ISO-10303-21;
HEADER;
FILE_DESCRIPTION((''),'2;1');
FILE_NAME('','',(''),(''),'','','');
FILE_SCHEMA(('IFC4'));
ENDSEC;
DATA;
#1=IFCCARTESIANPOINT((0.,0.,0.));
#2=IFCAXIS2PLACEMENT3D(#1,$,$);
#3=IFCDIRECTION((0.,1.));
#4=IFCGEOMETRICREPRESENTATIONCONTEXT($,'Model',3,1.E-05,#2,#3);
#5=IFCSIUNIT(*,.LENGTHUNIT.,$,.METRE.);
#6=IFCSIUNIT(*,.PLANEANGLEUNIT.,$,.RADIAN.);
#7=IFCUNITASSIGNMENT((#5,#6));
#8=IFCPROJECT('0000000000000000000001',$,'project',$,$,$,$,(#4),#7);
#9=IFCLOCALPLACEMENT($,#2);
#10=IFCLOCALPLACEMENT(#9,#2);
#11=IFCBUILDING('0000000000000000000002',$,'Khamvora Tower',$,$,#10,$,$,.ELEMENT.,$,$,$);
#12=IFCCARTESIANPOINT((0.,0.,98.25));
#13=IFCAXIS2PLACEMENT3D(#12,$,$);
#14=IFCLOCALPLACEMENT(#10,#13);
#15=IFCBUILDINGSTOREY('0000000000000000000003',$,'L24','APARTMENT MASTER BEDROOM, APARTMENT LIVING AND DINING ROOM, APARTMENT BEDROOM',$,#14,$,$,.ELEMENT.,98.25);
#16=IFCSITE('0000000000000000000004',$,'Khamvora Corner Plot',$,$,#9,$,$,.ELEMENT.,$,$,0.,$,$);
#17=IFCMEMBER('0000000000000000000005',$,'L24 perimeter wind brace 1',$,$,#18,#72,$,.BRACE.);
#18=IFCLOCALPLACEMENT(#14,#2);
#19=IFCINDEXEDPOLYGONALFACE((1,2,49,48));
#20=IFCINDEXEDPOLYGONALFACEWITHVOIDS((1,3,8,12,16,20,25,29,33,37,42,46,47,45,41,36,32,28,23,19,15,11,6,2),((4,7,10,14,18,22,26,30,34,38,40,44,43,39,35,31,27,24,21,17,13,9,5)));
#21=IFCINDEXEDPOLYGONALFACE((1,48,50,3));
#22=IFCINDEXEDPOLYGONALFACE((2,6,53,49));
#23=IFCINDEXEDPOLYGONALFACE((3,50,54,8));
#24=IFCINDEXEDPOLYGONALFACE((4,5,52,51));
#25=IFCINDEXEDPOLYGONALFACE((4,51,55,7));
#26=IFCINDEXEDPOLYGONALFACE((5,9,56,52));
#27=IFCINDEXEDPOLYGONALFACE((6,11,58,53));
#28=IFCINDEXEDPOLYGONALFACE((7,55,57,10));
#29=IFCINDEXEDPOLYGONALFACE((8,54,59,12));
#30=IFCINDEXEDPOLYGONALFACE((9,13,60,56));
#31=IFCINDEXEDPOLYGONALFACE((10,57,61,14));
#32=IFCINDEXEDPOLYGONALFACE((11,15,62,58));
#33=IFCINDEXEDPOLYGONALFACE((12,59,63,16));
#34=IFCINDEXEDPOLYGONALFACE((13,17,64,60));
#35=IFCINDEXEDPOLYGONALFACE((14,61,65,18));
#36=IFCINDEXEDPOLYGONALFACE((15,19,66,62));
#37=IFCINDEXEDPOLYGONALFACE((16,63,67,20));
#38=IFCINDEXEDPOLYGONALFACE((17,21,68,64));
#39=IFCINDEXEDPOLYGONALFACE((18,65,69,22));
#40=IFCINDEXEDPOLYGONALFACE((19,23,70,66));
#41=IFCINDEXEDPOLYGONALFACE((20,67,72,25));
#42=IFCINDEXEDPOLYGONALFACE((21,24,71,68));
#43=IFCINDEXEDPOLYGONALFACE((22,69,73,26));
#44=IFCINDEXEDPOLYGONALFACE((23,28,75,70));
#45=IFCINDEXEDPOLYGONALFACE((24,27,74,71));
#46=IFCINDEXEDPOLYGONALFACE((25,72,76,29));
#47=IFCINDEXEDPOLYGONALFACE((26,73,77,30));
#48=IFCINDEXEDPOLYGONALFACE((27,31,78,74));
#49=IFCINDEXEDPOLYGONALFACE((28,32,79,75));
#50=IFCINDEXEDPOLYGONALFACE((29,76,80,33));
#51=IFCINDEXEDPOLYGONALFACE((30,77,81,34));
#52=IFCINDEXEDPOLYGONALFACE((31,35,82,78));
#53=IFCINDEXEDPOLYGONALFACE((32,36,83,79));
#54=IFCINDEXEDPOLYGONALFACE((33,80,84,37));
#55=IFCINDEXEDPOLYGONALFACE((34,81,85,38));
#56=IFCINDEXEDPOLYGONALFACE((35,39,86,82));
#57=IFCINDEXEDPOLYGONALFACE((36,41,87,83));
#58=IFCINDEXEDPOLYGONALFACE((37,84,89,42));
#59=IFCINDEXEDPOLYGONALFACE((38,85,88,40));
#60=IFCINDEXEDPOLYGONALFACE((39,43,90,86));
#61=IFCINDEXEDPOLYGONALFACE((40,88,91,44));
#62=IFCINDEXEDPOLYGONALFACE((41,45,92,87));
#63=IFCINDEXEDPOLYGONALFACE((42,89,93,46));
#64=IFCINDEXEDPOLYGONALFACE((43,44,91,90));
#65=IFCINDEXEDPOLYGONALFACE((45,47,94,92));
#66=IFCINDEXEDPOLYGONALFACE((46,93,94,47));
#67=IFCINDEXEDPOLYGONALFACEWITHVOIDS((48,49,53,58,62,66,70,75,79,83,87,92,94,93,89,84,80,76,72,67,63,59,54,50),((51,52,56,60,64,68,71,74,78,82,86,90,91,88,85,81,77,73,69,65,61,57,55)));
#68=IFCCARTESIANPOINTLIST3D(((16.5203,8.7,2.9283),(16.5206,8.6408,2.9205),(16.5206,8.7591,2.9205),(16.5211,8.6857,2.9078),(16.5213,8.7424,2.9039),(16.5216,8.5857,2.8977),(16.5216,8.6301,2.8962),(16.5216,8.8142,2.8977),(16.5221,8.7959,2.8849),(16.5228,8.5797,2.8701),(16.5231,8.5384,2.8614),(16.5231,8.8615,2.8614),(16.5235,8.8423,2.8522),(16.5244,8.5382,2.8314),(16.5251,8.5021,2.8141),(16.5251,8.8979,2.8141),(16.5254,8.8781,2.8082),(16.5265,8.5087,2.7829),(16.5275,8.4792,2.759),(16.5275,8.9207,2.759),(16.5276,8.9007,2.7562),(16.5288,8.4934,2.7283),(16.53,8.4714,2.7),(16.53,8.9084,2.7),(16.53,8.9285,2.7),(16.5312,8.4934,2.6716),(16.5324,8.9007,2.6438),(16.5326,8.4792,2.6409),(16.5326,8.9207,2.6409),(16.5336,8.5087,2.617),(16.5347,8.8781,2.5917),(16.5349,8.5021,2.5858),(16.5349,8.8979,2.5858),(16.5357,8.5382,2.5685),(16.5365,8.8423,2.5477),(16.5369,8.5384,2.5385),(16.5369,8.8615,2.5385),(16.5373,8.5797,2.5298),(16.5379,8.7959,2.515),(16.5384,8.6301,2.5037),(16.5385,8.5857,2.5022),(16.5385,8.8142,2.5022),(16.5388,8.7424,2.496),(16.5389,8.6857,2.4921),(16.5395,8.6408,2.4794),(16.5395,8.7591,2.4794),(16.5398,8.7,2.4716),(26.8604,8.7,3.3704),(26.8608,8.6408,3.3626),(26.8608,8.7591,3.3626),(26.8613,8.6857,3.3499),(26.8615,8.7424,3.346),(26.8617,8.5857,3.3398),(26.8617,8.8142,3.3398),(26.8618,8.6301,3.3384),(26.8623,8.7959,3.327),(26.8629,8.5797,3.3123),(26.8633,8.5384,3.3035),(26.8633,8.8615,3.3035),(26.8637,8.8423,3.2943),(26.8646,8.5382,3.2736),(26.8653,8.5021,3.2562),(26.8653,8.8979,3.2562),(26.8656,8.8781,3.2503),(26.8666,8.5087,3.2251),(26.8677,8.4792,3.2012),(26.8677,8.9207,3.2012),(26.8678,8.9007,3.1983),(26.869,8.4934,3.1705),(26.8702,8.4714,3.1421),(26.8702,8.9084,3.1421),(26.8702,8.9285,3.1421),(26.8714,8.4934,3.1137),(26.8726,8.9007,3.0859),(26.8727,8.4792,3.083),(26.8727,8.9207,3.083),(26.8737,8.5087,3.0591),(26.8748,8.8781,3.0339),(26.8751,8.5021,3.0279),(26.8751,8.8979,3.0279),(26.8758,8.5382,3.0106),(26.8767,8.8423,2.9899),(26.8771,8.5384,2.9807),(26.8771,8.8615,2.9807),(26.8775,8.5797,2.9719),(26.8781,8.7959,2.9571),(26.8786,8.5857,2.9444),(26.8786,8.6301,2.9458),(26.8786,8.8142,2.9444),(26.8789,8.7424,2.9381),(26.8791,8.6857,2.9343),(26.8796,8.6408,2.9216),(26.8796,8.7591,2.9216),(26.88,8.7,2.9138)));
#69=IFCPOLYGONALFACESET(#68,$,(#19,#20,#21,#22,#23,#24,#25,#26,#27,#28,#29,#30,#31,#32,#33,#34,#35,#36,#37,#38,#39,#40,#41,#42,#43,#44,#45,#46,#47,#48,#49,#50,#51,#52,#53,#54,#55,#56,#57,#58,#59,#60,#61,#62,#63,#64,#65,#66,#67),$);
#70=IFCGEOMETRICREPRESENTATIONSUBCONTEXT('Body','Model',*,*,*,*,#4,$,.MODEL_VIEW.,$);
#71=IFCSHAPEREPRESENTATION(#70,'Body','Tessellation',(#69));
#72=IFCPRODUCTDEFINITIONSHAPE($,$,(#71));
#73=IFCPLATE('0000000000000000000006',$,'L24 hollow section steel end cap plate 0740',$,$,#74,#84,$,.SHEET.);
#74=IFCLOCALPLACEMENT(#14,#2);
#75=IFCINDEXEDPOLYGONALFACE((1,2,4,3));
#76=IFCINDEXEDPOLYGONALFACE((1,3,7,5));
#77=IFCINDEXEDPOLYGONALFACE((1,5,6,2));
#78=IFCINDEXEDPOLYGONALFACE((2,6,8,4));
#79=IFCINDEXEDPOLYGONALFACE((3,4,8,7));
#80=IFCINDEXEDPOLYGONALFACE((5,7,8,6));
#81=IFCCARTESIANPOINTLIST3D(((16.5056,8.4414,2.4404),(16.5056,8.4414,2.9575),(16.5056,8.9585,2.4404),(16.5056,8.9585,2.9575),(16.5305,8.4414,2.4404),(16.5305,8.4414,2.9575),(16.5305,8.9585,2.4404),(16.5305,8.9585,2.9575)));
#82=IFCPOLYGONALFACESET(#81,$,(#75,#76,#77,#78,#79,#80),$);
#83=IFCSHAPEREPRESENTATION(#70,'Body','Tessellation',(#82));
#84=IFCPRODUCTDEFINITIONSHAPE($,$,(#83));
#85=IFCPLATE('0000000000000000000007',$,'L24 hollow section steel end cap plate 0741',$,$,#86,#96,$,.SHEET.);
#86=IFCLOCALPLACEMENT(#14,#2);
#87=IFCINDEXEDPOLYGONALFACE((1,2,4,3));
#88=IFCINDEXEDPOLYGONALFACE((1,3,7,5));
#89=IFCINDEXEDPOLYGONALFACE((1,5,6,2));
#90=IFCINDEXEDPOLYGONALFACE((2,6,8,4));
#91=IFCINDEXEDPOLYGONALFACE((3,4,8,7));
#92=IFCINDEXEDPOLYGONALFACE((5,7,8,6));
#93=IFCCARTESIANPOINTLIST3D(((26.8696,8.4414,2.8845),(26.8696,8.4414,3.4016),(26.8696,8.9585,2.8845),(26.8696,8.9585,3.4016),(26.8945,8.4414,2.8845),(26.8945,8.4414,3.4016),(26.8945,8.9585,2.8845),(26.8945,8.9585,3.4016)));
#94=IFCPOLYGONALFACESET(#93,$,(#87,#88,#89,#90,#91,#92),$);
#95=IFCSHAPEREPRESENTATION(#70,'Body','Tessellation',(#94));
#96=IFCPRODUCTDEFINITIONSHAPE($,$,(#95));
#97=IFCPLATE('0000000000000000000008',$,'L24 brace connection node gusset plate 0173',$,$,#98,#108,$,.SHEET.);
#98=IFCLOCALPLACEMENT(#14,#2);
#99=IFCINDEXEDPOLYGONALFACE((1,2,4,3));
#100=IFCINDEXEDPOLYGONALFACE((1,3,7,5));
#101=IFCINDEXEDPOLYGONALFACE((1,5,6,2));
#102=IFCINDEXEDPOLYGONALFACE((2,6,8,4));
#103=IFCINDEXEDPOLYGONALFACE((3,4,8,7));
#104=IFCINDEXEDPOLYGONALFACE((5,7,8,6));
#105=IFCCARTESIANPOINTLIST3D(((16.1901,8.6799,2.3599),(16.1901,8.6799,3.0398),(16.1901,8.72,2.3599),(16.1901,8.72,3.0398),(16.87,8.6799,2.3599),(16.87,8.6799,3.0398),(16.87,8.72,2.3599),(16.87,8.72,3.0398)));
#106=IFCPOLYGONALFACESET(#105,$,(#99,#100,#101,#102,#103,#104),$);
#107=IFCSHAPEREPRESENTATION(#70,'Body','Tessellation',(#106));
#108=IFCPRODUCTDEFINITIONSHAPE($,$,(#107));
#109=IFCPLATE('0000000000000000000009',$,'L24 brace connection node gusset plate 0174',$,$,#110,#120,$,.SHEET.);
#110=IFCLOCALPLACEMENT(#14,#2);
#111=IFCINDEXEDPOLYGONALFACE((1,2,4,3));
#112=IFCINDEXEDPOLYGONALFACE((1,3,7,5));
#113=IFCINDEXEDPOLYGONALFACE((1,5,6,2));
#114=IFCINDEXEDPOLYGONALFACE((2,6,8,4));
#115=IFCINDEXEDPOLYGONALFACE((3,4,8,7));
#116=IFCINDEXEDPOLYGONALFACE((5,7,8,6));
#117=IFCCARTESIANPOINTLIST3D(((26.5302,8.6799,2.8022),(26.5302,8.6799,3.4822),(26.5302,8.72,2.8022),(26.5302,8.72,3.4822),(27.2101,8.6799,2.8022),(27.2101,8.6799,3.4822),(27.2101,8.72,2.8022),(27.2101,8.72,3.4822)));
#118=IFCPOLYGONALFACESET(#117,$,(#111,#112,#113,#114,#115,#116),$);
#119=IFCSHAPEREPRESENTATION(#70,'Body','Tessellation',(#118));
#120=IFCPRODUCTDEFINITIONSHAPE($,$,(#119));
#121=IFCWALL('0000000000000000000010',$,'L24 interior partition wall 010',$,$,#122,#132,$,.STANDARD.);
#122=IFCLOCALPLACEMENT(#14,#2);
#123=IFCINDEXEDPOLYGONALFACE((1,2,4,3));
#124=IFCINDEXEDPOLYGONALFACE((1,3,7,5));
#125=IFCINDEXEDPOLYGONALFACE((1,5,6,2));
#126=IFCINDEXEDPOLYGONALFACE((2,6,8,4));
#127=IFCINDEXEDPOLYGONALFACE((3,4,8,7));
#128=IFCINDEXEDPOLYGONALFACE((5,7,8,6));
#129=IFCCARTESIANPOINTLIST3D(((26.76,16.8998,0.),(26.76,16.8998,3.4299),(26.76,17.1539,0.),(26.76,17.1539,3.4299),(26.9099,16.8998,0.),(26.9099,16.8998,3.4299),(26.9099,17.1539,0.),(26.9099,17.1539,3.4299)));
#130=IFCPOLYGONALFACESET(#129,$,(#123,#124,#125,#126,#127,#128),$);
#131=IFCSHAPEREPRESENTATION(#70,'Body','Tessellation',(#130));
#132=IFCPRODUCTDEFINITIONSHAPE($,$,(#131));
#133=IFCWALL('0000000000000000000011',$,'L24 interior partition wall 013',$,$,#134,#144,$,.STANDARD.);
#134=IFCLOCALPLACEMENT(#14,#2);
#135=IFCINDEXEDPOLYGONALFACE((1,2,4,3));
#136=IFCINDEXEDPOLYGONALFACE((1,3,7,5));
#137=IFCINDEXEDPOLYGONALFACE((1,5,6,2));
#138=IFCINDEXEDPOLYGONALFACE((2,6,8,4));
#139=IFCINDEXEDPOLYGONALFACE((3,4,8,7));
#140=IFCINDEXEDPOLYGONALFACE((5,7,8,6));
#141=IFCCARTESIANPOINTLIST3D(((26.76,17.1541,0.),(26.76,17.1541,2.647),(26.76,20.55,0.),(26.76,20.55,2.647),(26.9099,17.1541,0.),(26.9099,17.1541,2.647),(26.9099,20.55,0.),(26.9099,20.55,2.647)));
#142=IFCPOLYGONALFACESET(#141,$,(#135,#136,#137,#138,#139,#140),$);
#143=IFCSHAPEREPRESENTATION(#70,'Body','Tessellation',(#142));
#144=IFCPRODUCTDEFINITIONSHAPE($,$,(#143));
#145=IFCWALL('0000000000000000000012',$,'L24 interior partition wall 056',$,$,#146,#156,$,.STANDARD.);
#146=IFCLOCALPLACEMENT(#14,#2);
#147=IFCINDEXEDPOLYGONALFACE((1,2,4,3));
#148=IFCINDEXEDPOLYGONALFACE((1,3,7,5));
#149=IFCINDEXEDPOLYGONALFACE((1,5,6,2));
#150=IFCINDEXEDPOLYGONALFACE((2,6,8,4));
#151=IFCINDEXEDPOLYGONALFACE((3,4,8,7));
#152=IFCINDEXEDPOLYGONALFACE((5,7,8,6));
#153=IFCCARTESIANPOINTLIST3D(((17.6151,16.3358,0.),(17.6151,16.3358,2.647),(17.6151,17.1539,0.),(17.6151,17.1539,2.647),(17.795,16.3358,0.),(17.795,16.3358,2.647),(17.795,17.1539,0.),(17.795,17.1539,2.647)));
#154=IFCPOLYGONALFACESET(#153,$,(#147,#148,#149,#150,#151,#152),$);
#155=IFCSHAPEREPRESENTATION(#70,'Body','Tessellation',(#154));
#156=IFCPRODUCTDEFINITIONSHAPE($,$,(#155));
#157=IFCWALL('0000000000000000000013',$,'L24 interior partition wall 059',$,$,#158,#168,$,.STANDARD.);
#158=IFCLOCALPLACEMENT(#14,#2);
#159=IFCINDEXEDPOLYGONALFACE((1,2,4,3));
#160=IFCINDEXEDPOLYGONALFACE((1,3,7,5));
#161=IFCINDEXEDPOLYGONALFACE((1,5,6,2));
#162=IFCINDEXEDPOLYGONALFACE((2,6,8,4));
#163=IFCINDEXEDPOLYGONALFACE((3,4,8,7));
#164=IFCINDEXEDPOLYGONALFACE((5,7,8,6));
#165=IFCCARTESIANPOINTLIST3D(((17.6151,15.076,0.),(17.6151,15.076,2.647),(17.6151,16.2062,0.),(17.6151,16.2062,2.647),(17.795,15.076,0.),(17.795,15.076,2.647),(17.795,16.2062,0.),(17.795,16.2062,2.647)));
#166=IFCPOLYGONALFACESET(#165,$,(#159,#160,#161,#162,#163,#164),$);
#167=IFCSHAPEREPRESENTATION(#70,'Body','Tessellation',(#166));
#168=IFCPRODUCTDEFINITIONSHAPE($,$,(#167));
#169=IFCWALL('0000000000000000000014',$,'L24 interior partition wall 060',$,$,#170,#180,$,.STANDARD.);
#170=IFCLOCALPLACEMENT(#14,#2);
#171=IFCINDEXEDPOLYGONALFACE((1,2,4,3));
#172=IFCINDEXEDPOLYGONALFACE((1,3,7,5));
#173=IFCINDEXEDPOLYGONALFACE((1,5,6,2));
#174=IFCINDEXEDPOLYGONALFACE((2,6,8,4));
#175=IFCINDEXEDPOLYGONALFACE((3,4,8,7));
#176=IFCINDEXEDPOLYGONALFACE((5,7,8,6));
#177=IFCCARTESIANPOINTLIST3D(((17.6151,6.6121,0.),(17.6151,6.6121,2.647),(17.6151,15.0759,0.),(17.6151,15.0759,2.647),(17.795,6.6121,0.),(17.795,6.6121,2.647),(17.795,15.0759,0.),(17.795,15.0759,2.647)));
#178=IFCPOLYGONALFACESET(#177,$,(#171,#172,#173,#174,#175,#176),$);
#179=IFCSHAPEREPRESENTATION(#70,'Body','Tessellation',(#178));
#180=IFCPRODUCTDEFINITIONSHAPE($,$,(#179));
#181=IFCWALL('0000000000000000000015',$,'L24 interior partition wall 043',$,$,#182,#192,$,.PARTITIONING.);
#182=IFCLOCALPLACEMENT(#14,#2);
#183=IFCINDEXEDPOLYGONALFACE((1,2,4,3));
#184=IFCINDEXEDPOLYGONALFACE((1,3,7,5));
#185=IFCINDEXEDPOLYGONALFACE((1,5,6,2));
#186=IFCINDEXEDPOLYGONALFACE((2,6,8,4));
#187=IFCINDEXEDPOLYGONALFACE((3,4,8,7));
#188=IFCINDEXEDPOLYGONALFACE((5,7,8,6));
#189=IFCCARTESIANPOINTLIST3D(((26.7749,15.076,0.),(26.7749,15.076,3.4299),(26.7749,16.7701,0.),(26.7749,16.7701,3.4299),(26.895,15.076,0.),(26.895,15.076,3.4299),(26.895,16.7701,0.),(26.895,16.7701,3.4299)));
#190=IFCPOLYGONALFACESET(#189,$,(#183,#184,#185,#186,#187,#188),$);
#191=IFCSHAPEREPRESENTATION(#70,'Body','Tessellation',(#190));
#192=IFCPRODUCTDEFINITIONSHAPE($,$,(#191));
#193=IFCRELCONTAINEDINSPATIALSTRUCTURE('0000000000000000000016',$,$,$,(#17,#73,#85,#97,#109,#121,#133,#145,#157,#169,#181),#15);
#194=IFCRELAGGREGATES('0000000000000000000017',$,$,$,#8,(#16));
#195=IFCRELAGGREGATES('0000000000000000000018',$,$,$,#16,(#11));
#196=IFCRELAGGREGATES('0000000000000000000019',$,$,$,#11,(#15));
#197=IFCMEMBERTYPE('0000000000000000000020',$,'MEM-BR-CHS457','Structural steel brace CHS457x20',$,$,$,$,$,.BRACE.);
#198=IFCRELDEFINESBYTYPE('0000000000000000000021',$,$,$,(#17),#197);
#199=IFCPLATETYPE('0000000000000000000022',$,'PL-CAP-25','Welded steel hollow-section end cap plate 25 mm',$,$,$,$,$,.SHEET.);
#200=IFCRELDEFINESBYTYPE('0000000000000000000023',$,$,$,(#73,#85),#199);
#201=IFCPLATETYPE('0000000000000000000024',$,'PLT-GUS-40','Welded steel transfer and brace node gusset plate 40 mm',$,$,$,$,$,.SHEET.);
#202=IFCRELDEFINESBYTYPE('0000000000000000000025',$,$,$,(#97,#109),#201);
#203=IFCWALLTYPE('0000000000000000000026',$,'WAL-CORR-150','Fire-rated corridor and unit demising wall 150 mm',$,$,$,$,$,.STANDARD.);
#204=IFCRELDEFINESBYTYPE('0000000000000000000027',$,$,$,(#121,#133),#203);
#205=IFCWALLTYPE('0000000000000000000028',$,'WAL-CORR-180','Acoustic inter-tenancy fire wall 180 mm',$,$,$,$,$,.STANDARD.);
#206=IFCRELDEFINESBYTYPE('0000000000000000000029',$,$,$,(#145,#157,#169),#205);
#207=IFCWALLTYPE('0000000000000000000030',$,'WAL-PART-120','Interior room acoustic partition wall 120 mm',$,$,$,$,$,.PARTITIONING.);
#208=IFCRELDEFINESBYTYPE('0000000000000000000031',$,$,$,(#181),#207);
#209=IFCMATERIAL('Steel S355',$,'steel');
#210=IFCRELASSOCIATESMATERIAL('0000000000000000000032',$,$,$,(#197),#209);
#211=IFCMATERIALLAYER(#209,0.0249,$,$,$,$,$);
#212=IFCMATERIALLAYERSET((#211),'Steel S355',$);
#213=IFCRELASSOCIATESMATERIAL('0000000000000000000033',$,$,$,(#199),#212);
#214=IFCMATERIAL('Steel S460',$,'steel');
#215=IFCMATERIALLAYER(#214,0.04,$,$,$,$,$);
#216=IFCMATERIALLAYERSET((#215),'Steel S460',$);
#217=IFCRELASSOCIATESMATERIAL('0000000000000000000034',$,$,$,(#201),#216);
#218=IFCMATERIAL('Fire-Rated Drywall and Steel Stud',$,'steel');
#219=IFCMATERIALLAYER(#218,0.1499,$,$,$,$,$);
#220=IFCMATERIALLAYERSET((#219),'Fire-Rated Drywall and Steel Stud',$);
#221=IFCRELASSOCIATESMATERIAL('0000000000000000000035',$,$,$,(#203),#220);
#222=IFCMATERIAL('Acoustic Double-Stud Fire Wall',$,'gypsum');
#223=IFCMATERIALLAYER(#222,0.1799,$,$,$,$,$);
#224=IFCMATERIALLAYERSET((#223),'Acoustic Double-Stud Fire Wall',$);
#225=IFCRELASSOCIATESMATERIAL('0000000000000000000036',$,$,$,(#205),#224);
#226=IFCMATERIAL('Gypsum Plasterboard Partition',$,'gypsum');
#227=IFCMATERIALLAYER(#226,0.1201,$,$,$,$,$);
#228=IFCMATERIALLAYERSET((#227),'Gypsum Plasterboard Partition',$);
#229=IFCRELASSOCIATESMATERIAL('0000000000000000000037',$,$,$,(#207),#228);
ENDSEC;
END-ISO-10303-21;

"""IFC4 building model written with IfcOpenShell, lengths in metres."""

from ifc_helpers import new_model, si_unit, direction, frame, frame_2d, origin, origin_2d, place, context, subcontext, project, spatial, rectangle, hollow_circle, extrude, material, layer, layer_set, material_profile, profile_set, type_object, element, save


model = new_model("IFC4")

# Units and contexts
model_context = context("Model", 3, precision=1e-05, world=origin(), true_north=direction((0.0, 1.0)))
body_context = subcontext(model_context, "Body", "Model", "MODEL_VIEW")
ifc_project = project(units=[si_unit("LENGTHUNIT", "METRE"), si_unit("PLANEANGLEUNIT", "RADIAN")], contexts=[model_context])

# Site, building, storey
site_placement = place(None, origin())
site = spatial("IfcSite", under=ifc_project, at=site_placement, Name="Khamvora Corner Plot", CompositionType="ELEMENT", RefElevation=0.0)
building_placement = place(site_placement, origin())
building = spatial("IfcBuilding", under=site, at=building_placement, Name="Khamvora Tower", CompositionType="ELEMENT")
storey_placement = place(building_placement, frame((0.0, 0.0, 98.25)))
storey = spatial("IfcBuildingStorey", under=building, at=storey_placement, Name="L24", Description="APARTMENT MASTER BEDROOM, APARTMENT LIVING AND DINING ROOM, APARTMENT BEDROOM", CompositionType="ELEMENT", Elevation=98.25)

# Shared definitions
ifc_material_1 = material(Name="Steel S355", Category="steel")

# Member
ifc_material_profile_1 = material_profile(ifc_material_1, hollow_circle(Radius=0.2285, WallThickness=0.02, at=origin_2d()), Name="CHS457x20")
ifc_profile_set_1 = profile_set([ifc_material_profile_1], Name="Steel S355")
member_type = type_object("IfcMemberType", Name="MEM-BR-CHS457", Description="Structural steel brace CHS457x20", PredefinedType="BRACE", material=ifc_profile_set_1)
member_placement = place(storey_placement, frame((16.53, 8.7, 2.7), z_axis=(0.999087, 0.0, 0.042721), x_axis=(0.0, 1.0, 0.0)))
element("IfcMember", 1, at=member_placement, inside=storey, type_object=member_type, Name="L24 perimeter wind brace 1", PredefinedType="BRACE", context=body_context, shape_type="SweptSolid", body=[
    extrude(hollow_circle(Radius=0.2285, WallThickness=0.02, at=origin_2d()), origin(), (0.0, 0.0, 1.0), 10.3496),
])

# Plates
ifc_layer_1 = layer(ifc_material_1, 0.0249)
ifc_layer_set_1 = layer_set([ifc_layer_1], Name="Steel S355")
plate_type_1 = type_object("IfcPlateType", Name="PL-CAP-25", Description="Welded steel hollow-section end cap plate 25 mm", PredefinedType="SHEET", material=ifc_layer_set_1)
for number, where, z_axis, x_axis, name in (
    (2, (16.5181, 8.7, 2.4404), (0.0, 0.0, 1.0), (1.0, 0.0, 0.0), "L24 hollow section steel end cap plate 0740"),
    (3, (26.8821, 8.7, 2.8845), (0.0, 0.0, 1.0), (1.0, 0.0, 0.0), "L24 hollow section steel end cap plate 0741"),
):
    element("IfcPlate", number, at=place(storey_placement, frame(where, z_axis=z_axis, x_axis=x_axis)), inside=storey, type_object=plate_type_1, Name=name, PredefinedType="SHEET", context=body_context, shape_type="SweptSolid", body=[
        extrude(rectangle(XDim=0.0249, YDim=0.5171, at=origin_2d()), origin(), (0.0, 0.0, 1.0), 0.5171),
    ])
ifc_material_2 = material(Name="Steel S460", Category="steel")
ifc_layer_2 = layer(ifc_material_2, 0.04)
ifc_layer_set_2 = layer_set([ifc_layer_2], Name="Steel S460")
plate_type_2 = type_object("IfcPlateType", Name="PLT-GUS-40", Description="Welded steel transfer and brace node gusset plate 40 mm", PredefinedType="SHEET", material=ifc_layer_set_2)
for number, where, z_axis, x_axis, name in (
    (4, (16.53, 8.7, 2.3599), (0.0, 0.0, 1.0), (1.0, 0.0, 0.0), "L24 brace connection node gusset plate 0173"),
    (5, (26.8701, 8.7, 2.8022), (0.0, 0.0, 1.0), (1.0, 0.0, 0.0), "L24 brace connection node gusset plate 0174"),
):
    element("IfcPlate", number, at=place(storey_placement, frame(where, z_axis=z_axis, x_axis=x_axis)), inside=storey, type_object=plate_type_2, Name=name, PredefinedType="SHEET", context=body_context, shape_type="SweptSolid", body=[
        extrude(rectangle(XDim=0.6799, YDim=0.04, at=origin_2d()), origin(), (0.0, 0.0, 1.0), 0.6799),
    ])

# Walls
ifc_material_3 = material(Name="Fire-Rated Drywall and Steel Stud", Category="steel")
ifc_layer_3 = layer(ifc_material_3, 0.1499)
ifc_layer_set_3 = layer_set([ifc_layer_3], Name="Fire-Rated Drywall and Steel Stud")
wall_type_1 = type_object("IfcWallType", Name="WAL-CORR-150", Description="Fire-rated corridor and unit demising wall 150 mm", PredefinedType="STANDARD", material=ifc_layer_set_3)
wall_1_placement = place(storey_placement, frame((26.835, 16.8999, 0.0), z_axis=(0.0, 0.0, 1.0), x_axis=(0.0, 1.0, 0.0)))
element("IfcWall", 6, at=wall_1_placement, inside=storey, type_object=wall_type_1, Name="L24 interior partition wall 010", PredefinedType="STANDARD", context=body_context, shape_type="SweptSolid", body=[
    extrude(rectangle(XDim=0.2542, YDim=0.1499, at=frame_2d((0.127, 0.0))), origin(), (0.0, 0.0, 1.0), 3.4299),
])
wall_2_placement = place(storey_placement, frame((26.835, 17.1541, 0.0), z_axis=(0.0, 0.0, 1.0), x_axis=(0.0, 1.0, 0.0)))
element("IfcWall", 7, at=wall_2_placement, inside=storey, type_object=wall_type_1, Name="L24 interior partition wall 013", PredefinedType="STANDARD", context=body_context, shape_type="SweptSolid", body=[
    extrude(rectangle(XDim=3.396, YDim=0.1499, at=frame_2d((1.698, 0.0))), origin(), (0.0, 0.0, 1.0), 2.647),
])
ifc_material_4 = material(Name="Acoustic Double-Stud Fire Wall", Category="gypsum")
ifc_layer_4 = layer(ifc_material_4, 0.1799)
ifc_layer_set_4 = layer_set([ifc_layer_4], Name="Acoustic Double-Stud Fire Wall")
wall_type_2 = type_object("IfcWallType", Name="WAL-CORR-180", Description="Acoustic inter-tenancy fire wall 180 mm", PredefinedType="STANDARD", material=ifc_layer_set_4)
wall_3_placement = place(storey_placement, frame((17.7051, 17.1541, 0.0), z_axis=(0.0, 0.0, 1.0), x_axis=(0.0, -1.0, 0.0)))
element("IfcWall", 8, at=wall_3_placement, inside=storey, type_object=wall_type_2, Name="L24 interior partition wall 056", PredefinedType="STANDARD", context=body_context, shape_type="SweptSolid", body=[
    extrude(rectangle(XDim=0.8181, YDim=0.1799, at=frame_2d((0.4092, 0.0))), origin(), (0.0, 0.0, 1.0), 2.647),
])
wall_4_placement = place(storey_placement, frame((17.7051, 16.2061, 0.0), z_axis=(0.0, 0.0, 1.0), x_axis=(0.0, -1.0, 0.0)))
element("IfcWall", 9, at=wall_4_placement, inside=storey, type_object=wall_type_2, Name="L24 interior partition wall 059", PredefinedType="STANDARD", context=body_context, shape_type="SweptSolid", body=[
    extrude(rectangle(XDim=1.1301, YDim=0.1799, at=frame_2d((0.5649, 0.0))), origin(), (0.0, 0.0, 1.0), 2.647),
])
wall_5_placement = place(storey_placement, frame((17.7051, 15.0759, 0.0), z_axis=(0.0, 0.0, 1.0), x_axis=(0.0, -1.0, 0.0)))
element("IfcWall", 10, at=wall_5_placement, inside=storey, type_object=wall_type_2, Name="L24 interior partition wall 060", PredefinedType="STANDARD", context=body_context, shape_type="SweptSolid", body=[
    extrude(rectangle(XDim=8.4639, YDim=0.1799, at=frame_2d((4.2319, 0.0))), origin(), (0.0, 0.0, 1.0), 2.647),
])
ifc_material_5 = material(Name="Gypsum Plasterboard Partition", Category="gypsum")
ifc_layer_5 = layer(ifc_material_5, 0.1201)
ifc_layer_set_5 = layer_set([ifc_layer_5], Name="Gypsum Plasterboard Partition")
wall_type_3 = type_object("IfcWallType", Name="WAL-PART-120", Description="Interior room acoustic partition wall 120 mm", PredefinedType="PARTITIONING", material=ifc_layer_set_5)
wall_6_placement = place(storey_placement, frame((26.835, 15.0759, 0.0), z_axis=(0.0, 0.0, 1.0), x_axis=(0.0, 1.0, 0.0)))
element("IfcWall", 11, at=wall_6_placement, inside=storey, type_object=wall_type_3, Name="L24 interior partition wall 043", PredefinedType="PARTITIONING", context=body_context, shape_type="SweptSolid", body=[
    extrude(rectangle(XDim=1.6941, YDim=0.1201, at=frame_2d((0.8472, 0.0))), origin(), (0.0, 0.0, 1.0), 3.4299),
])

save(model, "model.ifc")
